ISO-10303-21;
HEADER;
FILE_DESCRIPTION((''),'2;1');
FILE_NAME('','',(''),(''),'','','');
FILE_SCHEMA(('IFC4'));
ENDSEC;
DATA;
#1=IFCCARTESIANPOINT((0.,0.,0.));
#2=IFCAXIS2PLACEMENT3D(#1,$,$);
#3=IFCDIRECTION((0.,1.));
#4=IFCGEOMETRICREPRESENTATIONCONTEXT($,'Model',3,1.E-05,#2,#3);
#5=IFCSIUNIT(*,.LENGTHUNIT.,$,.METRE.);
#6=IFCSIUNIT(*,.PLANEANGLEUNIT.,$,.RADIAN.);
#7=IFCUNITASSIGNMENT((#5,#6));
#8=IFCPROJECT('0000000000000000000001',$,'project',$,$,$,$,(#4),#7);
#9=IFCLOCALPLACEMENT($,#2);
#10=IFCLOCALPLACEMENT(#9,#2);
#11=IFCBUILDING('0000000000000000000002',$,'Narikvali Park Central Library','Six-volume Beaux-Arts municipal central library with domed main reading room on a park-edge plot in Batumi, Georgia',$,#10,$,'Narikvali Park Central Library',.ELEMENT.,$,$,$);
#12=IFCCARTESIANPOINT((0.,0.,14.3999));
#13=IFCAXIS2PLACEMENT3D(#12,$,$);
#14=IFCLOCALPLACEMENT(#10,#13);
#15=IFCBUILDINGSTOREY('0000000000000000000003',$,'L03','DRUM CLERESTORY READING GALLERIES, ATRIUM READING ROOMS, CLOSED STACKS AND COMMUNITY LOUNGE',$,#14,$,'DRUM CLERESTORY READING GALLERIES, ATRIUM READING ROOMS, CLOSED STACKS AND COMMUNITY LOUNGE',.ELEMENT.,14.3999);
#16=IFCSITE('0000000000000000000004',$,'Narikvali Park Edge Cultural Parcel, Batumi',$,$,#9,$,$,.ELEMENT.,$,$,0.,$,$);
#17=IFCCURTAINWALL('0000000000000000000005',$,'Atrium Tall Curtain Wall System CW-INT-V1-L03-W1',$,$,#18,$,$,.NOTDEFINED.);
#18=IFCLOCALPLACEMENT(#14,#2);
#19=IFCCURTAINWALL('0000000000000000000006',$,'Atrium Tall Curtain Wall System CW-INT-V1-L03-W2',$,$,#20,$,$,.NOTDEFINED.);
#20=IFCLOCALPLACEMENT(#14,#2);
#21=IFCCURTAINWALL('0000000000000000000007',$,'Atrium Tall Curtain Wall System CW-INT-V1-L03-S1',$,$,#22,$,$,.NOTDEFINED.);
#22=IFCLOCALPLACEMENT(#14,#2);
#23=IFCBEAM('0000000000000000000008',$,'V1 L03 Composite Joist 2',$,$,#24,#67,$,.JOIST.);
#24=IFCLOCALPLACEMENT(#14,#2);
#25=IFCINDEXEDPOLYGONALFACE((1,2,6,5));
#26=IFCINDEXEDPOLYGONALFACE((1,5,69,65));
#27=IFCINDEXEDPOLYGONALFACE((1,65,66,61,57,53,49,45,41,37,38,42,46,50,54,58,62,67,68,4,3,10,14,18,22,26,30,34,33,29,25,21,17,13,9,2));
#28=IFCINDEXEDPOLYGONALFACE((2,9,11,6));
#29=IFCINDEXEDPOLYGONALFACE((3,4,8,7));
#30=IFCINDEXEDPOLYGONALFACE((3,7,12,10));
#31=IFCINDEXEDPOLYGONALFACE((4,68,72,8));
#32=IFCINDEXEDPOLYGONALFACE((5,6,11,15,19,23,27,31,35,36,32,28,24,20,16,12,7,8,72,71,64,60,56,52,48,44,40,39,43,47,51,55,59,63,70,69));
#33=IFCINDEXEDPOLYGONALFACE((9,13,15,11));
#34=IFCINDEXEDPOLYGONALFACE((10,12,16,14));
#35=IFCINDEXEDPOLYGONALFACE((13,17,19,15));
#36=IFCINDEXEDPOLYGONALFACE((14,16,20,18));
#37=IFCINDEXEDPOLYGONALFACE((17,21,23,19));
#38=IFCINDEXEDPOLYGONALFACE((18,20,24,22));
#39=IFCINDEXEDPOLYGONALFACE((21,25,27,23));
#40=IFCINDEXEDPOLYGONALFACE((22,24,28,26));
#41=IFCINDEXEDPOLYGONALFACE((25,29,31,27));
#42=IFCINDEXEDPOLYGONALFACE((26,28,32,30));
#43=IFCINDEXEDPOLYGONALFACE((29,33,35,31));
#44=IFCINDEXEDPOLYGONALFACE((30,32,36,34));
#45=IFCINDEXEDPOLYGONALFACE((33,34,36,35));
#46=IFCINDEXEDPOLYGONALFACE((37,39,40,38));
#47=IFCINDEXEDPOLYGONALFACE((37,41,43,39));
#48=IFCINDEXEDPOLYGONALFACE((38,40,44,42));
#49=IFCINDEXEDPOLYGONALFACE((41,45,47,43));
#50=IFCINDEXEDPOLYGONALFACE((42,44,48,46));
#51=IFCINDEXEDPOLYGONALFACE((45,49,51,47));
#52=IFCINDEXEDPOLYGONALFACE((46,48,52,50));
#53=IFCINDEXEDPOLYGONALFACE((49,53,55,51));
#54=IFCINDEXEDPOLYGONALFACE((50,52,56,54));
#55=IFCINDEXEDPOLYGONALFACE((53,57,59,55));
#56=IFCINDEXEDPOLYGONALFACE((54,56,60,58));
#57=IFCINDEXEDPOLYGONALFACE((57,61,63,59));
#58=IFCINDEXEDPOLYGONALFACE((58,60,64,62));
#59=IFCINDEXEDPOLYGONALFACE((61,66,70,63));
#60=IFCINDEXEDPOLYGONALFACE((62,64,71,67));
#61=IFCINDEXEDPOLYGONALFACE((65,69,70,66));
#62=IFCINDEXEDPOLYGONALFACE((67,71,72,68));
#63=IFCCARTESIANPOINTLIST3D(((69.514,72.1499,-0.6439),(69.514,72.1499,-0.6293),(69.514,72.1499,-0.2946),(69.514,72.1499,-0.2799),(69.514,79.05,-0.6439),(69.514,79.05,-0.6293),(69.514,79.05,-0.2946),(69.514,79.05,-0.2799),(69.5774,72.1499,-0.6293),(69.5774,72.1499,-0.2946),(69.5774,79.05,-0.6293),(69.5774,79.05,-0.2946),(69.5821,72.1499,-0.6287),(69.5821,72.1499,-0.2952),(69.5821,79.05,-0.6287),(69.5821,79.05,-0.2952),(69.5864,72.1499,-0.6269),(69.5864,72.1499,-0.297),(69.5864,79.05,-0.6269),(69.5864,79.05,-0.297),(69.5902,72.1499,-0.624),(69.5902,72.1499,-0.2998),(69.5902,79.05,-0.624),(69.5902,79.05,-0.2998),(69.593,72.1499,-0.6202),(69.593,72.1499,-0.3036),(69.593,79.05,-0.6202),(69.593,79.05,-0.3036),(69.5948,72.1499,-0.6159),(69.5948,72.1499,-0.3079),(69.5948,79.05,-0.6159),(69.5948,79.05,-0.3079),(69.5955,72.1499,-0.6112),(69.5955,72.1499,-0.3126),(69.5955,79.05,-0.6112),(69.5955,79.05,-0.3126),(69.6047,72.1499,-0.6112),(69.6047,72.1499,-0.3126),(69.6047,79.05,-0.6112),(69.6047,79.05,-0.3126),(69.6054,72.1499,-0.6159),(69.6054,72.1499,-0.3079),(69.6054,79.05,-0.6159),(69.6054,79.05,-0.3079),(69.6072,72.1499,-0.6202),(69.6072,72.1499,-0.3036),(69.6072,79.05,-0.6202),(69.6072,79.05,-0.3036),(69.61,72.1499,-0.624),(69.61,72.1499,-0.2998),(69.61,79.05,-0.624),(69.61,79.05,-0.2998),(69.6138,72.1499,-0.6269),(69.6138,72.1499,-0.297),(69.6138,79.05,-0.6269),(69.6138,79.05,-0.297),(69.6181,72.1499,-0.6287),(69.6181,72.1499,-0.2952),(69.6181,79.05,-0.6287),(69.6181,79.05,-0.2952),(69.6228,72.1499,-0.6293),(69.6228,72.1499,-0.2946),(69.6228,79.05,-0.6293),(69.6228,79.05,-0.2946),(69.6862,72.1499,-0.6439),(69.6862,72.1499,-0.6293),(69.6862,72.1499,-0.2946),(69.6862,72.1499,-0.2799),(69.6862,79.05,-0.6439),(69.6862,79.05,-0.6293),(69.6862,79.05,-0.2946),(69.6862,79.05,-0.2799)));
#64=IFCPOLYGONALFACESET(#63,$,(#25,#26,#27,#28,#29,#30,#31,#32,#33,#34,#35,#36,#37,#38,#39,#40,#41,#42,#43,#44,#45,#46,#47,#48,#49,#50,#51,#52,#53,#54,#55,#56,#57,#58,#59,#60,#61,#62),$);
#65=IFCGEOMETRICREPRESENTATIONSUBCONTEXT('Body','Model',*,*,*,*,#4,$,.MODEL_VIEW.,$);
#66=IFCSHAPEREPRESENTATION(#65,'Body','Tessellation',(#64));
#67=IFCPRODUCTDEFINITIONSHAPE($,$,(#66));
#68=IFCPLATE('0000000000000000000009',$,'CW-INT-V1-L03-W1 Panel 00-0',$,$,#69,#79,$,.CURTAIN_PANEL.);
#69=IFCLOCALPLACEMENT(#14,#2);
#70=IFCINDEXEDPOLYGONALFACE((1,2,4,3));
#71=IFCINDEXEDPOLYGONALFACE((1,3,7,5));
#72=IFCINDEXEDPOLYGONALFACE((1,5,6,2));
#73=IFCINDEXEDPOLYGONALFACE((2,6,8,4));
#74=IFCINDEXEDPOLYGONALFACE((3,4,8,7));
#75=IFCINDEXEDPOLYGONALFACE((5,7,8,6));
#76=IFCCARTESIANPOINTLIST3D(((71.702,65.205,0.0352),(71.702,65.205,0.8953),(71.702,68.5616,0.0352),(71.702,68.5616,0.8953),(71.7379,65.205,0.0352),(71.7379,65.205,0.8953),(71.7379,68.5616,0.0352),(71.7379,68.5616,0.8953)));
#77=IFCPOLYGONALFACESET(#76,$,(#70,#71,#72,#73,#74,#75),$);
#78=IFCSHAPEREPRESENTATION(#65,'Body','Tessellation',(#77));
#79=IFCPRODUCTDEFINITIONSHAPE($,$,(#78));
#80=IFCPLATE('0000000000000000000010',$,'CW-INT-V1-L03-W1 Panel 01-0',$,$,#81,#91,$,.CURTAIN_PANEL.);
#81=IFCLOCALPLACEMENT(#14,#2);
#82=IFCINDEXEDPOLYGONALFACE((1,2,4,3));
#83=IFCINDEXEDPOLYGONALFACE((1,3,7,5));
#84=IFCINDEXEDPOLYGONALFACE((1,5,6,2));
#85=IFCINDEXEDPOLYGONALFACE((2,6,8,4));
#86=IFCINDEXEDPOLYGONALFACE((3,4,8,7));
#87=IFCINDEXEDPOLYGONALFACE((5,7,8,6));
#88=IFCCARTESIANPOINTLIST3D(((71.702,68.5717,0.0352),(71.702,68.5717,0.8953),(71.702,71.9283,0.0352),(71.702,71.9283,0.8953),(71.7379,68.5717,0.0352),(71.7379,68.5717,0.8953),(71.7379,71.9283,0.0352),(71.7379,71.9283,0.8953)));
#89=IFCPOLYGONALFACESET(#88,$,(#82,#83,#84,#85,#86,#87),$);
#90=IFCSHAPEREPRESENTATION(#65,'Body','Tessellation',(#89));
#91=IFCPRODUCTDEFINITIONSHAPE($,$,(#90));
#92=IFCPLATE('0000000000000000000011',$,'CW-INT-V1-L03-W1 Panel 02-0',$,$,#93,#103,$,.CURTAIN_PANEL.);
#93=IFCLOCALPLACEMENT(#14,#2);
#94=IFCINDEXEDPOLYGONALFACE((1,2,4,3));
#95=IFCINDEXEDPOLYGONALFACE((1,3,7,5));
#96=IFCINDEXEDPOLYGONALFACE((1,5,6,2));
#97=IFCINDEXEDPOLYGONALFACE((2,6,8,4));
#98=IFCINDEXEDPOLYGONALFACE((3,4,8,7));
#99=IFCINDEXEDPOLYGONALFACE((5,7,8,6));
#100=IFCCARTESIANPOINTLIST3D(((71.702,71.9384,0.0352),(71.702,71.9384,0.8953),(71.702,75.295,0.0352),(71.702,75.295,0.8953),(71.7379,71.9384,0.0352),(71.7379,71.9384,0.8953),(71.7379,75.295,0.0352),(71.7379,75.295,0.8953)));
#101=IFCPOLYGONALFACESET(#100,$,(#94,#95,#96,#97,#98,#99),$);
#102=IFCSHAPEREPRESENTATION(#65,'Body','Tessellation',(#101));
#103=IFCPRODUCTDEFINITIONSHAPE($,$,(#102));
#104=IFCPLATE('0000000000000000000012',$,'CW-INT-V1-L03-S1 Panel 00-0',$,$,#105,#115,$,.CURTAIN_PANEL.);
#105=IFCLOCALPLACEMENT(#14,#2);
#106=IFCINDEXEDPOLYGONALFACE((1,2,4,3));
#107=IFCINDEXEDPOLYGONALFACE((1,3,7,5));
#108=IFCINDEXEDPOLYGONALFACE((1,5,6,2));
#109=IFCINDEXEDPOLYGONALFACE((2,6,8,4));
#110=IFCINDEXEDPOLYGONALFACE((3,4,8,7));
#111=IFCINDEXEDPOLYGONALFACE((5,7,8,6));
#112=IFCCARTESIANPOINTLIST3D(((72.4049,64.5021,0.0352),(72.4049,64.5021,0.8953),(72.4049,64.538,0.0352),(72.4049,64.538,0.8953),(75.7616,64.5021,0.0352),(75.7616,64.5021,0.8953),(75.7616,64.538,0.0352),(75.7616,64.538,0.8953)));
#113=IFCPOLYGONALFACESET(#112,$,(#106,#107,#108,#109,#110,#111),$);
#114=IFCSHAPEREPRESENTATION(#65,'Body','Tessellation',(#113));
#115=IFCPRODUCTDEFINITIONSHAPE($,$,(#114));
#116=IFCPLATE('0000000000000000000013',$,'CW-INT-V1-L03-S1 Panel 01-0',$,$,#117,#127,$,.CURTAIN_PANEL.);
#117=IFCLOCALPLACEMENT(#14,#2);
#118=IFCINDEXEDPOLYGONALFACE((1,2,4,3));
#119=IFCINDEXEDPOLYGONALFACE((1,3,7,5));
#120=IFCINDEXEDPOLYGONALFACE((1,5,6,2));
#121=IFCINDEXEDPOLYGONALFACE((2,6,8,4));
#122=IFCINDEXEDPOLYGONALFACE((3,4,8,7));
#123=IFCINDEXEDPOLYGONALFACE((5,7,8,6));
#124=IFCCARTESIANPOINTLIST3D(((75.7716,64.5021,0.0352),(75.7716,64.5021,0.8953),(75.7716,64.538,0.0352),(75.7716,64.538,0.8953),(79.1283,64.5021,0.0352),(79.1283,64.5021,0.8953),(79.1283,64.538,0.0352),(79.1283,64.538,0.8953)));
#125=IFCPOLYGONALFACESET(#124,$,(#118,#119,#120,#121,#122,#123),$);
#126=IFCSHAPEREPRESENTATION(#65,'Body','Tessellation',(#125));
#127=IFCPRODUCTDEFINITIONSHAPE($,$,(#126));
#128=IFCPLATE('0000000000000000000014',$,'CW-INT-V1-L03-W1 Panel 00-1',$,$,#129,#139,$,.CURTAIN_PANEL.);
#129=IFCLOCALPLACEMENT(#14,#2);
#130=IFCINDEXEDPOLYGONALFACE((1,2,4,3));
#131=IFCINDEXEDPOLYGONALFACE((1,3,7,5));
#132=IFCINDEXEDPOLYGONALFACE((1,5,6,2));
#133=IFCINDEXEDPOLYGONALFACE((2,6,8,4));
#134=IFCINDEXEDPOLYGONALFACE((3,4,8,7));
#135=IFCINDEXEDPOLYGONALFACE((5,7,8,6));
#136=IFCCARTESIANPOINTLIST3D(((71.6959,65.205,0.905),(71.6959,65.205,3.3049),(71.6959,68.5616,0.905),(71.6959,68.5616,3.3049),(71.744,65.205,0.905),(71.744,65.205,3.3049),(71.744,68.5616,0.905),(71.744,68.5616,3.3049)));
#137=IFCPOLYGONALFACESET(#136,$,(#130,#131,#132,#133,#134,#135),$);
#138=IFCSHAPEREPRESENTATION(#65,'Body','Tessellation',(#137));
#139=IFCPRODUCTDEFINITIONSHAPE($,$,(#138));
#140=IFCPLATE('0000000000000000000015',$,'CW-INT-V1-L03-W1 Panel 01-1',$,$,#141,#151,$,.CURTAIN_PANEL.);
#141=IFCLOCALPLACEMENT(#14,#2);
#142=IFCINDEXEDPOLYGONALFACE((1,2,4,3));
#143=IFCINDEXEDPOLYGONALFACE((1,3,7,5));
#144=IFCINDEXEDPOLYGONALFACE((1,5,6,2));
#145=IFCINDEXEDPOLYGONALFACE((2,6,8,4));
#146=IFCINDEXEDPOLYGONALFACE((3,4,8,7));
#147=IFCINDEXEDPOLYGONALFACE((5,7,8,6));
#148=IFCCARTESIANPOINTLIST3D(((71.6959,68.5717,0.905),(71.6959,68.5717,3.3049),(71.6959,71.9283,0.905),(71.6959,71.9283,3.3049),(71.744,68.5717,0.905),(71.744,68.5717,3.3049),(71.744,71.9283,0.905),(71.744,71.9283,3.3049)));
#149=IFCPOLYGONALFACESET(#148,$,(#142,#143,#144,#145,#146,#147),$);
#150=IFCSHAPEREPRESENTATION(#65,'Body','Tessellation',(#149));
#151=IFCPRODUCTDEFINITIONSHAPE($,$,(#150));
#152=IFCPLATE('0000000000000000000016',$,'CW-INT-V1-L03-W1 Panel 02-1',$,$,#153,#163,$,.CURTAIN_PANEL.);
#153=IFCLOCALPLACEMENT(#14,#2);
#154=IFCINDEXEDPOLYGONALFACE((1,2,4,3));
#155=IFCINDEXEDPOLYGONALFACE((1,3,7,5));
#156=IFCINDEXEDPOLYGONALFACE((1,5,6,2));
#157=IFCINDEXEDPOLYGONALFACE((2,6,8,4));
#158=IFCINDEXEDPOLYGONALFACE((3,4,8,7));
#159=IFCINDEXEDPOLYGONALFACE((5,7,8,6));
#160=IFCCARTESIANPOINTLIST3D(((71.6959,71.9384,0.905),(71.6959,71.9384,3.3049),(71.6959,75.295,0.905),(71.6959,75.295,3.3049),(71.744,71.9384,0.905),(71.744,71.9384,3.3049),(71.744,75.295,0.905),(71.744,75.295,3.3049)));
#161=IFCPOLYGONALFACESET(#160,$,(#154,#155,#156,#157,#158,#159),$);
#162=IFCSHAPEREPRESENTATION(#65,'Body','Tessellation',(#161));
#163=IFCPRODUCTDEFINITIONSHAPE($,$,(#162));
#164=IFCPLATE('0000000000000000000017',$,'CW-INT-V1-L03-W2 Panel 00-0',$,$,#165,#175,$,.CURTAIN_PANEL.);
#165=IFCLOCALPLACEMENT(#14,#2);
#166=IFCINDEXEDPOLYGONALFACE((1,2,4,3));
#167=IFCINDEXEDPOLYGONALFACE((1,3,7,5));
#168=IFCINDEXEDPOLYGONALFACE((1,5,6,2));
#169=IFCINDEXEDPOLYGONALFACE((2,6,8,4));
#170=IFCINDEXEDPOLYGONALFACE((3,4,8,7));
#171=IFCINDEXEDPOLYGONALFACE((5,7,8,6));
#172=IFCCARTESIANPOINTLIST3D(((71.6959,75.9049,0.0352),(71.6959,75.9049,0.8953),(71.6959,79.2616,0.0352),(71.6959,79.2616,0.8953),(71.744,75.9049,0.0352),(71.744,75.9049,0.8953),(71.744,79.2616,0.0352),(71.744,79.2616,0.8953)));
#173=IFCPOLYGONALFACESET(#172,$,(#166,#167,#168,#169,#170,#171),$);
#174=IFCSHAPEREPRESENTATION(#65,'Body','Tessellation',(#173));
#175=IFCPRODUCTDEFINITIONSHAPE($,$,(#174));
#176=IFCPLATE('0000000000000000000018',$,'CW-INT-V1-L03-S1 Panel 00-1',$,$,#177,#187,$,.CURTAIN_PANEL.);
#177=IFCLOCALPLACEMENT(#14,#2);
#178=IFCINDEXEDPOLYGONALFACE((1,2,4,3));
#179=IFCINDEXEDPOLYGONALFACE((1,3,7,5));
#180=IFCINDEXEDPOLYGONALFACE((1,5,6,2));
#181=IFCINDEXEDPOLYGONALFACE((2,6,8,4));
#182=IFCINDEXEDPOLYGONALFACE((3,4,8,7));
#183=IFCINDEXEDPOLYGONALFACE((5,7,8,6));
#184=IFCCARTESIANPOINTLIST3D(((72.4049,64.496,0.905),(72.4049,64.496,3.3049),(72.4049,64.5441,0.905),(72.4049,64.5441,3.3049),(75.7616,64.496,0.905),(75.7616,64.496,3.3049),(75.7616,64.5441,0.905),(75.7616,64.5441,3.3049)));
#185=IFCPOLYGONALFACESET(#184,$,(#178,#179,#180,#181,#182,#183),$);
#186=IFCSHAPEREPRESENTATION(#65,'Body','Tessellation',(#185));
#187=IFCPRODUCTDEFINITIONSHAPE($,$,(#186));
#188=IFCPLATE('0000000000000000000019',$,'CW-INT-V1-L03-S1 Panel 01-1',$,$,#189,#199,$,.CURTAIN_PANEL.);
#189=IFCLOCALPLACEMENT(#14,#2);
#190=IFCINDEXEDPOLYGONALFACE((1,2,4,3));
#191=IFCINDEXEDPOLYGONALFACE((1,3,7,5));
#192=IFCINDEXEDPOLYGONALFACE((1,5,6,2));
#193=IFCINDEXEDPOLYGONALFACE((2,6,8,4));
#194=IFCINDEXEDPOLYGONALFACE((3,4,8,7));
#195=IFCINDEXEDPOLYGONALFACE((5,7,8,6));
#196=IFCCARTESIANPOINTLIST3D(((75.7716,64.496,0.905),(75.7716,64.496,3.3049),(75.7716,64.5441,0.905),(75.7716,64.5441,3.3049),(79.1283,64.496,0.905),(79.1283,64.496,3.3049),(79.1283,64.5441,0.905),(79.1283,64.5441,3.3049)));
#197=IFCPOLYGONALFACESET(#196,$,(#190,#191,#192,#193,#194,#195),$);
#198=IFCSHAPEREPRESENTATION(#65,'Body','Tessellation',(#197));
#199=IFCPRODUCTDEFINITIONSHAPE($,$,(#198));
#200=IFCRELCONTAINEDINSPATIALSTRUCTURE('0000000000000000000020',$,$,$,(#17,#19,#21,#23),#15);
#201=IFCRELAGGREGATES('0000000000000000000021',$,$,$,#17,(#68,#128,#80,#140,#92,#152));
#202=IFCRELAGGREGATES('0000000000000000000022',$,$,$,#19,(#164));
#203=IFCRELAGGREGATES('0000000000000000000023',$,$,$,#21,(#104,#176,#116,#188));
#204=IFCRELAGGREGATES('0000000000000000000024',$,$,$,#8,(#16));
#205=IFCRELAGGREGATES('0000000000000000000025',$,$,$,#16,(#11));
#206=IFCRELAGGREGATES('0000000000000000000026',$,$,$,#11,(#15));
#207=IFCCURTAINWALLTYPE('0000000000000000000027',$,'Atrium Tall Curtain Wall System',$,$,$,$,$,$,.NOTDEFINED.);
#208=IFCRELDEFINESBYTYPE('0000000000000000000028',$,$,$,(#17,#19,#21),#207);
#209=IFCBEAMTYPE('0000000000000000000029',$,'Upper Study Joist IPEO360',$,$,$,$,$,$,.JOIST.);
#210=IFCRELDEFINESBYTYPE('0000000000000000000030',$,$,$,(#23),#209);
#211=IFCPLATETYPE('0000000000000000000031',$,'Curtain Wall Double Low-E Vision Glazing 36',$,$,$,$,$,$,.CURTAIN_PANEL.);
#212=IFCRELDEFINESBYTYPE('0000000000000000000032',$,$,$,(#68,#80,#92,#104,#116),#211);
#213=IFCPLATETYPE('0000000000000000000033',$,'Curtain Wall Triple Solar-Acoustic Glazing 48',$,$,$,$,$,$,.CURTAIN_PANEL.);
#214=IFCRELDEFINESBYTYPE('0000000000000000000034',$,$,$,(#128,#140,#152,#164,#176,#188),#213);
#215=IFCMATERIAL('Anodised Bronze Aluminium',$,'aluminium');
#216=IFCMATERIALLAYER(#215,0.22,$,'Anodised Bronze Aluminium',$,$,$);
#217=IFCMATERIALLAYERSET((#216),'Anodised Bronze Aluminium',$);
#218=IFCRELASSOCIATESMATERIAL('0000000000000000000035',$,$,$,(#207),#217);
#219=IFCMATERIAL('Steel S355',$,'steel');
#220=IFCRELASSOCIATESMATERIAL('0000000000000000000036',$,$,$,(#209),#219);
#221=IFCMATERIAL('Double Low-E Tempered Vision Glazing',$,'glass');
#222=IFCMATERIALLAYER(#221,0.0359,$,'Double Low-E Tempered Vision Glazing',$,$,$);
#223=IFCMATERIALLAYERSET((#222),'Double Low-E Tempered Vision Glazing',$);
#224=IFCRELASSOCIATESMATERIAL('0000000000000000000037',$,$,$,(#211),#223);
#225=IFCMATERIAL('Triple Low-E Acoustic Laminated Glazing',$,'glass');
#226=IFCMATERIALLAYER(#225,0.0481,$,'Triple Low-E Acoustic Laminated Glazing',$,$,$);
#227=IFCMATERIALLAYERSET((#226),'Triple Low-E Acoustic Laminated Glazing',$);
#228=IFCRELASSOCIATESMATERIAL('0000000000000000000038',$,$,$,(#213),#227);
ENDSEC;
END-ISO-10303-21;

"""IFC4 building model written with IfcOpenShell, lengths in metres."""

from ifc_helpers import new_model, si_unit, direction, frame, origin, origin_2d, place, context, subcontext, project, spatial, rectangle, i_section, extrude, material, layer, layer_set, material_profile, profile_set, type_object, element, aggregate, save


model = new_model("IFC4")

# Units and contexts
model_context = context("Model", 3, precision=1e-05, world=origin(), true_north=direction((0.0, 1.0)))
body_context = subcontext(model_context, "Body", "Model", "MODEL_VIEW")
ifc_project = project(units=[si_unit("LENGTHUNIT", "METRE"), si_unit("PLANEANGLEUNIT", "RADIAN")], contexts=[model_context])

# Site, building, storey
site_placement = place(None, origin())
site = spatial("IfcSite", under=ifc_project, at=site_placement, Name="Narikvali Park Edge Cultural Parcel, Batumi", CompositionType="ELEMENT", RefElevation=0.0)
building_placement = place(site_placement, origin())
building = spatial("IfcBuilding", under=site, at=building_placement, Name="Narikvali Park Central Library", Description="Six-volume Beaux-Arts municipal central library with domed main reading room on a park-edge plot in Batumi, Georgia", LongName="Narikvali Park Central Library", CompositionType="ELEMENT")
storey_placement = place(building_placement, frame((0.0, 0.0, 14.3999)))
storey = spatial("IfcBuildingStorey", under=building, at=storey_placement, Name="L03", Description="DRUM CLERESTORY READING GALLERIES, ATRIUM READING ROOMS, CLOSED STACKS AND COMMUNITY LOUNGE", LongName="DRUM CLERESTORY READING GALLERIES, ATRIUM READING ROOMS, CLOSED STACKS AND COMMUNITY LOUNGE", CompositionType="ELEMENT", Elevation=14.3999)

# Shared definitions
ifc_material_1 = material(Name="Steel S355", Category="steel")

# Curtain walls
ifc_material_2 = material(Name="Anodised Bronze Aluminium", Category="aluminium")
ifc_layer_1 = layer(ifc_material_2, 0.22, Name="Anodised Bronze Aluminium")
ifc_layer_set_1 = layer_set([ifc_layer_1], Name="Anodised Bronze Aluminium")
curtain_wall_type = type_object("IfcCurtainWallType", Name="Atrium Tall Curtain Wall System", PredefinedType="NOTDEFINED", material=ifc_layer_set_1)
curtain_wall_1_placement = place(storey_placement, origin())
curtain_wall_1 = element("IfcCurtainWall", 1, at=curtain_wall_1_placement, inside=storey, type_object=curtain_wall_type, Name="Atrium Tall Curtain Wall System CW-INT-V1-L03-W1", PredefinedType="NOTDEFINED")
curtain_wall_2_placement = place(storey_placement, origin())
curtain_wall_2 = element("IfcCurtainWall", 2, at=curtain_wall_2_placement, inside=storey, type_object=curtain_wall_type, Name="Atrium Tall Curtain Wall System CW-INT-V1-L03-W2", PredefinedType="NOTDEFINED")
curtain_wall_3_placement = place(storey_placement, origin())
curtain_wall_3 = element("IfcCurtainWall", 3, at=curtain_wall_3_placement, inside=storey, type_object=curtain_wall_type, Name="Atrium Tall Curtain Wall System CW-INT-V1-L03-S1", PredefinedType="NOTDEFINED")

# Beam
ifc_material_profile_1 = material_profile(ifc_material_1, i_section(OverallWidth=0.1721, OverallDepth=0.364, WebThickness=0.0093, FlangeThickness=0.0146, FilletRadius=0.0181, at=origin_2d()), Name="IPEO 360")
ifc_profile_set_1 = profile_set([ifc_material_profile_1], Name="Steel S355")
beam_type_1 = type_object("IfcBeamType", Name="Upper Study Joist IPEO360", PredefinedType="JOIST", material=ifc_profile_set_1)
for number, where, z_axis, x_axis, name in (
    (4, (69.6001, 72.1499, -0.4619), (0.0, 1.0, 0.0), (-1.0, 0.0, 0.0), "V1 L03 Composite Joist 2"),
):
    element("IfcBeam", number, at=place(storey_placement, frame(where, z_axis=z_axis, x_axis=x_axis)), inside=storey, type_object=beam_type_1, Name=name, PredefinedType="JOIST", context=body_context, shape_type="SweptSolid", body=[
        extrude(i_section(OverallWidth=0.1721, OverallDepth=0.364, WebThickness=0.0093, FlangeThickness=0.0146, FilletRadius=0.0181, at=origin_2d()), origin(), (0.0, 0.0, 1.0), 6.9001),
    ])

# Plates
ifc_material_3 = material(Name="Double Low-E Tempered Vision Glazing", Category="glass")
ifc_layer_2 = layer(ifc_material_3, 0.0359, Name="Double Low-E Tempered Vision Glazing")
ifc_layer_set_2 = layer_set([ifc_layer_2], Name="Double Low-E Tempered Vision Glazing")
plate_type_1 = type_object("IfcPlateType", Name="Curtain Wall Double Low-E Vision Glazing 36", PredefinedType="CURTAIN_PANEL", material=ifc_layer_set_2)
plate_1_placement = place(storey_placement, frame((71.72, 66.8833, 0.0352), z_axis=(0.0, 0.0, 1.0), x_axis=(0.0, 1.0, 0.0)))
plate_1 = element("IfcPlate", 5, at=plate_1_placement, type_object=plate_type_1, Name="CW-INT-V1-L03-W1 Panel 00-0", PredefinedType="CURTAIN_PANEL", context=body_context, shape_type="SweptSolid", body=[
    extrude(rectangle(XDim=3.3567, YDim=0.0359, at=origin_2d()), origin(), (0.0, 0.0, 1.0), 0.8601),
])
plate_2_placement = place(storey_placement, frame((71.72, 70.25, 0.0352), z_axis=(0.0, 0.0, 1.0), x_axis=(0.0, 1.0, 0.0)))
plate_2 = element("IfcPlate", 6, at=plate_2_placement, type_object=plate_type_1, Name="CW-INT-V1-L03-W1 Panel 01-0", PredefinedType="CURTAIN_PANEL", context=body_context, shape_type="SweptSolid", body=[
    extrude(rectangle(XDim=3.3567, YDim=0.0359, at=origin_2d()), origin(), (0.0, 0.0, 1.0), 0.8601),
])
plate_3_placement = place(storey_placement, frame((71.72, 73.6167, 0.0352), z_axis=(0.0, 0.0, 1.0), x_axis=(0.0, 1.0, 0.0)))
plate_3 = element("IfcPlate", 7, at=plate_3_placement, type_object=plate_type_1, Name="CW-INT-V1-L03-W1 Panel 02-0", PredefinedType="CURTAIN_PANEL", context=body_context, shape_type="SweptSolid", body=[
    extrude(rectangle(XDim=3.3567, YDim=0.0359, at=origin_2d()), origin(), (0.0, 0.0, 1.0), 0.8601),
])
plate_4_placement = place(storey_placement, frame((74.0833, 64.52, 0.0352), z_axis=(0.0, 0.0, 1.0), x_axis=(1.0, 0.0, 0.0)))
plate_4 = element("IfcPlate", 8, at=plate_4_placement, type_object=plate_type_1, Name="CW-INT-V1-L03-S1 Panel 00-0", PredefinedType="CURTAIN_PANEL", context=body_context, shape_type="SweptSolid", body=[
    extrude(rectangle(XDim=3.3567, YDim=0.0359, at=origin_2d()), origin(), (0.0, 0.0, 1.0), 0.8601),
])
plate_5_placement = place(storey_placement, frame((77.45, 64.52, 0.0352), z_axis=(0.0, 0.0, 1.0), x_axis=(1.0, 0.0, 0.0)))
plate_5 = element("IfcPlate", 9, at=plate_5_placement, type_object=plate_type_1, Name="CW-INT-V1-L03-S1 Panel 01-0", PredefinedType="CURTAIN_PANEL", context=body_context, shape_type="SweptSolid", body=[
    extrude(rectangle(XDim=3.3567, YDim=0.0359, at=origin_2d()), origin(), (0.0, 0.0, 1.0), 0.8601),
])
ifc_material_4 = material(Name="Triple Low-E Acoustic Laminated Glazing", Category="glass")
ifc_layer_3 = layer(ifc_material_4, 0.0481, Name="Triple Low-E Acoustic Laminated Glazing")
ifc_layer_set_3 = layer_set([ifc_layer_3], Name="Triple Low-E Acoustic Laminated Glazing")
plate_type_2 = type_object("IfcPlateType", Name="Curtain Wall Triple Solar-Acoustic Glazing 48", PredefinedType="CURTAIN_PANEL", material=ifc_layer_set_3)
plate_6_placement = place(storey_placement, frame((71.72, 66.8833, 0.905), z_axis=(0.0, 0.0, 1.0), x_axis=(0.0, 1.0, 0.0)))
plate_6 = element("IfcPlate", 10, at=plate_6_placement, type_object=plate_type_2, Name="CW-INT-V1-L03-W1 Panel 00-1", PredefinedType="CURTAIN_PANEL", context=body_context, shape_type="SweptSolid", body=[
    extrude(rectangle(XDim=3.3567, YDim=0.0481, at=origin_2d()), origin(), (0.0, 0.0, 1.0), 2.3999),
])
plate_7_placement = place(storey_placement, frame((71.72, 70.25, 0.905), z_axis=(0.0, 0.0, 1.0), x_axis=(0.0, 1.0, 0.0)))
plate_7 = element("IfcPlate", 11, at=plate_7_placement, type_object=plate_type_2, Name="CW-INT-V1-L03-W1 Panel 01-1", PredefinedType="CURTAIN_PANEL", context=body_context, shape_type="SweptSolid", body=[
    extrude(rectangle(XDim=3.3567, YDim=0.0481, at=origin_2d()), origin(), (0.0, 0.0, 1.0), 2.3999),
])
plate_8_placement = place(storey_placement, frame((71.72, 73.6167, 0.905), z_axis=(0.0, 0.0, 1.0), x_axis=(0.0, 1.0, 0.0)))
plate_8 = element("IfcPlate", 12, at=plate_8_placement, type_object=plate_type_2, Name="CW-INT-V1-L03-W1 Panel 02-1", PredefinedType="CURTAIN_PANEL", context=body_context, shape_type="SweptSolid", body=[
    extrude(rectangle(XDim=3.3567, YDim=0.0481, at=origin_2d()), origin(), (0.0, 0.0, 1.0), 2.3999),
])
aggregate(curtain_wall_1, [plate_1, plate_6, plate_2, plate_7, plate_3, plate_8])
plate_9_placement = place(storey_placement, frame((71.72, 77.5833, 0.0352), z_axis=(0.0, 0.0, 1.0), x_axis=(0.0, 1.0, 0.0)))
plate_9 = element("IfcPlate", 13, at=plate_9_placement, type_object=plate_type_2, Name="CW-INT-V1-L03-W2 Panel 00-0", PredefinedType="CURTAIN_PANEL", context=body_context, shape_type="SweptSolid", body=[
    extrude(rectangle(XDim=3.3567, YDim=0.0481, at=origin_2d()), origin(), (0.0, 0.0, 1.0), 0.8601),
])
aggregate(curtain_wall_2, [plate_9])
plate_10_placement = place(storey_placement, frame((74.0833, 64.52, 0.905), z_axis=(0.0, 0.0, 1.0), x_axis=(1.0, 0.0, 0.0)))
plate_10 = element("IfcPlate", 14, at=plate_10_placement, type_object=plate_type_2, Name="CW-INT-V1-L03-S1 Panel 00-1", PredefinedType="CURTAIN_PANEL", context=body_context, shape_type="SweptSolid", body=[
    extrude(rectangle(XDim=3.3567, YDim=0.0481, at=origin_2d()), origin(), (0.0, 0.0, 1.0), 2.3999),
])
plate_11_placement = place(storey_placement, frame((77.45, 64.52, 0.905), z_axis=(0.0, 0.0, 1.0), x_axis=(1.0, 0.0, 0.0)))
plate_11 = element("IfcPlate", 15, at=plate_11_placement, type_object=plate_type_2, Name="CW-INT-V1-L03-S1 Panel 01-1", PredefinedType="CURTAIN_PANEL", context=body_context, shape_type="SweptSolid", body=[
    extrude(rectangle(XDim=3.3567, YDim=0.0481, at=origin_2d()), origin(), (0.0, 0.0, 1.0), 2.3999),
])
aggregate(curtain_wall_3, [plate_4, plate_10, plate_5, plate_11])

save(model, "model.ifc")
